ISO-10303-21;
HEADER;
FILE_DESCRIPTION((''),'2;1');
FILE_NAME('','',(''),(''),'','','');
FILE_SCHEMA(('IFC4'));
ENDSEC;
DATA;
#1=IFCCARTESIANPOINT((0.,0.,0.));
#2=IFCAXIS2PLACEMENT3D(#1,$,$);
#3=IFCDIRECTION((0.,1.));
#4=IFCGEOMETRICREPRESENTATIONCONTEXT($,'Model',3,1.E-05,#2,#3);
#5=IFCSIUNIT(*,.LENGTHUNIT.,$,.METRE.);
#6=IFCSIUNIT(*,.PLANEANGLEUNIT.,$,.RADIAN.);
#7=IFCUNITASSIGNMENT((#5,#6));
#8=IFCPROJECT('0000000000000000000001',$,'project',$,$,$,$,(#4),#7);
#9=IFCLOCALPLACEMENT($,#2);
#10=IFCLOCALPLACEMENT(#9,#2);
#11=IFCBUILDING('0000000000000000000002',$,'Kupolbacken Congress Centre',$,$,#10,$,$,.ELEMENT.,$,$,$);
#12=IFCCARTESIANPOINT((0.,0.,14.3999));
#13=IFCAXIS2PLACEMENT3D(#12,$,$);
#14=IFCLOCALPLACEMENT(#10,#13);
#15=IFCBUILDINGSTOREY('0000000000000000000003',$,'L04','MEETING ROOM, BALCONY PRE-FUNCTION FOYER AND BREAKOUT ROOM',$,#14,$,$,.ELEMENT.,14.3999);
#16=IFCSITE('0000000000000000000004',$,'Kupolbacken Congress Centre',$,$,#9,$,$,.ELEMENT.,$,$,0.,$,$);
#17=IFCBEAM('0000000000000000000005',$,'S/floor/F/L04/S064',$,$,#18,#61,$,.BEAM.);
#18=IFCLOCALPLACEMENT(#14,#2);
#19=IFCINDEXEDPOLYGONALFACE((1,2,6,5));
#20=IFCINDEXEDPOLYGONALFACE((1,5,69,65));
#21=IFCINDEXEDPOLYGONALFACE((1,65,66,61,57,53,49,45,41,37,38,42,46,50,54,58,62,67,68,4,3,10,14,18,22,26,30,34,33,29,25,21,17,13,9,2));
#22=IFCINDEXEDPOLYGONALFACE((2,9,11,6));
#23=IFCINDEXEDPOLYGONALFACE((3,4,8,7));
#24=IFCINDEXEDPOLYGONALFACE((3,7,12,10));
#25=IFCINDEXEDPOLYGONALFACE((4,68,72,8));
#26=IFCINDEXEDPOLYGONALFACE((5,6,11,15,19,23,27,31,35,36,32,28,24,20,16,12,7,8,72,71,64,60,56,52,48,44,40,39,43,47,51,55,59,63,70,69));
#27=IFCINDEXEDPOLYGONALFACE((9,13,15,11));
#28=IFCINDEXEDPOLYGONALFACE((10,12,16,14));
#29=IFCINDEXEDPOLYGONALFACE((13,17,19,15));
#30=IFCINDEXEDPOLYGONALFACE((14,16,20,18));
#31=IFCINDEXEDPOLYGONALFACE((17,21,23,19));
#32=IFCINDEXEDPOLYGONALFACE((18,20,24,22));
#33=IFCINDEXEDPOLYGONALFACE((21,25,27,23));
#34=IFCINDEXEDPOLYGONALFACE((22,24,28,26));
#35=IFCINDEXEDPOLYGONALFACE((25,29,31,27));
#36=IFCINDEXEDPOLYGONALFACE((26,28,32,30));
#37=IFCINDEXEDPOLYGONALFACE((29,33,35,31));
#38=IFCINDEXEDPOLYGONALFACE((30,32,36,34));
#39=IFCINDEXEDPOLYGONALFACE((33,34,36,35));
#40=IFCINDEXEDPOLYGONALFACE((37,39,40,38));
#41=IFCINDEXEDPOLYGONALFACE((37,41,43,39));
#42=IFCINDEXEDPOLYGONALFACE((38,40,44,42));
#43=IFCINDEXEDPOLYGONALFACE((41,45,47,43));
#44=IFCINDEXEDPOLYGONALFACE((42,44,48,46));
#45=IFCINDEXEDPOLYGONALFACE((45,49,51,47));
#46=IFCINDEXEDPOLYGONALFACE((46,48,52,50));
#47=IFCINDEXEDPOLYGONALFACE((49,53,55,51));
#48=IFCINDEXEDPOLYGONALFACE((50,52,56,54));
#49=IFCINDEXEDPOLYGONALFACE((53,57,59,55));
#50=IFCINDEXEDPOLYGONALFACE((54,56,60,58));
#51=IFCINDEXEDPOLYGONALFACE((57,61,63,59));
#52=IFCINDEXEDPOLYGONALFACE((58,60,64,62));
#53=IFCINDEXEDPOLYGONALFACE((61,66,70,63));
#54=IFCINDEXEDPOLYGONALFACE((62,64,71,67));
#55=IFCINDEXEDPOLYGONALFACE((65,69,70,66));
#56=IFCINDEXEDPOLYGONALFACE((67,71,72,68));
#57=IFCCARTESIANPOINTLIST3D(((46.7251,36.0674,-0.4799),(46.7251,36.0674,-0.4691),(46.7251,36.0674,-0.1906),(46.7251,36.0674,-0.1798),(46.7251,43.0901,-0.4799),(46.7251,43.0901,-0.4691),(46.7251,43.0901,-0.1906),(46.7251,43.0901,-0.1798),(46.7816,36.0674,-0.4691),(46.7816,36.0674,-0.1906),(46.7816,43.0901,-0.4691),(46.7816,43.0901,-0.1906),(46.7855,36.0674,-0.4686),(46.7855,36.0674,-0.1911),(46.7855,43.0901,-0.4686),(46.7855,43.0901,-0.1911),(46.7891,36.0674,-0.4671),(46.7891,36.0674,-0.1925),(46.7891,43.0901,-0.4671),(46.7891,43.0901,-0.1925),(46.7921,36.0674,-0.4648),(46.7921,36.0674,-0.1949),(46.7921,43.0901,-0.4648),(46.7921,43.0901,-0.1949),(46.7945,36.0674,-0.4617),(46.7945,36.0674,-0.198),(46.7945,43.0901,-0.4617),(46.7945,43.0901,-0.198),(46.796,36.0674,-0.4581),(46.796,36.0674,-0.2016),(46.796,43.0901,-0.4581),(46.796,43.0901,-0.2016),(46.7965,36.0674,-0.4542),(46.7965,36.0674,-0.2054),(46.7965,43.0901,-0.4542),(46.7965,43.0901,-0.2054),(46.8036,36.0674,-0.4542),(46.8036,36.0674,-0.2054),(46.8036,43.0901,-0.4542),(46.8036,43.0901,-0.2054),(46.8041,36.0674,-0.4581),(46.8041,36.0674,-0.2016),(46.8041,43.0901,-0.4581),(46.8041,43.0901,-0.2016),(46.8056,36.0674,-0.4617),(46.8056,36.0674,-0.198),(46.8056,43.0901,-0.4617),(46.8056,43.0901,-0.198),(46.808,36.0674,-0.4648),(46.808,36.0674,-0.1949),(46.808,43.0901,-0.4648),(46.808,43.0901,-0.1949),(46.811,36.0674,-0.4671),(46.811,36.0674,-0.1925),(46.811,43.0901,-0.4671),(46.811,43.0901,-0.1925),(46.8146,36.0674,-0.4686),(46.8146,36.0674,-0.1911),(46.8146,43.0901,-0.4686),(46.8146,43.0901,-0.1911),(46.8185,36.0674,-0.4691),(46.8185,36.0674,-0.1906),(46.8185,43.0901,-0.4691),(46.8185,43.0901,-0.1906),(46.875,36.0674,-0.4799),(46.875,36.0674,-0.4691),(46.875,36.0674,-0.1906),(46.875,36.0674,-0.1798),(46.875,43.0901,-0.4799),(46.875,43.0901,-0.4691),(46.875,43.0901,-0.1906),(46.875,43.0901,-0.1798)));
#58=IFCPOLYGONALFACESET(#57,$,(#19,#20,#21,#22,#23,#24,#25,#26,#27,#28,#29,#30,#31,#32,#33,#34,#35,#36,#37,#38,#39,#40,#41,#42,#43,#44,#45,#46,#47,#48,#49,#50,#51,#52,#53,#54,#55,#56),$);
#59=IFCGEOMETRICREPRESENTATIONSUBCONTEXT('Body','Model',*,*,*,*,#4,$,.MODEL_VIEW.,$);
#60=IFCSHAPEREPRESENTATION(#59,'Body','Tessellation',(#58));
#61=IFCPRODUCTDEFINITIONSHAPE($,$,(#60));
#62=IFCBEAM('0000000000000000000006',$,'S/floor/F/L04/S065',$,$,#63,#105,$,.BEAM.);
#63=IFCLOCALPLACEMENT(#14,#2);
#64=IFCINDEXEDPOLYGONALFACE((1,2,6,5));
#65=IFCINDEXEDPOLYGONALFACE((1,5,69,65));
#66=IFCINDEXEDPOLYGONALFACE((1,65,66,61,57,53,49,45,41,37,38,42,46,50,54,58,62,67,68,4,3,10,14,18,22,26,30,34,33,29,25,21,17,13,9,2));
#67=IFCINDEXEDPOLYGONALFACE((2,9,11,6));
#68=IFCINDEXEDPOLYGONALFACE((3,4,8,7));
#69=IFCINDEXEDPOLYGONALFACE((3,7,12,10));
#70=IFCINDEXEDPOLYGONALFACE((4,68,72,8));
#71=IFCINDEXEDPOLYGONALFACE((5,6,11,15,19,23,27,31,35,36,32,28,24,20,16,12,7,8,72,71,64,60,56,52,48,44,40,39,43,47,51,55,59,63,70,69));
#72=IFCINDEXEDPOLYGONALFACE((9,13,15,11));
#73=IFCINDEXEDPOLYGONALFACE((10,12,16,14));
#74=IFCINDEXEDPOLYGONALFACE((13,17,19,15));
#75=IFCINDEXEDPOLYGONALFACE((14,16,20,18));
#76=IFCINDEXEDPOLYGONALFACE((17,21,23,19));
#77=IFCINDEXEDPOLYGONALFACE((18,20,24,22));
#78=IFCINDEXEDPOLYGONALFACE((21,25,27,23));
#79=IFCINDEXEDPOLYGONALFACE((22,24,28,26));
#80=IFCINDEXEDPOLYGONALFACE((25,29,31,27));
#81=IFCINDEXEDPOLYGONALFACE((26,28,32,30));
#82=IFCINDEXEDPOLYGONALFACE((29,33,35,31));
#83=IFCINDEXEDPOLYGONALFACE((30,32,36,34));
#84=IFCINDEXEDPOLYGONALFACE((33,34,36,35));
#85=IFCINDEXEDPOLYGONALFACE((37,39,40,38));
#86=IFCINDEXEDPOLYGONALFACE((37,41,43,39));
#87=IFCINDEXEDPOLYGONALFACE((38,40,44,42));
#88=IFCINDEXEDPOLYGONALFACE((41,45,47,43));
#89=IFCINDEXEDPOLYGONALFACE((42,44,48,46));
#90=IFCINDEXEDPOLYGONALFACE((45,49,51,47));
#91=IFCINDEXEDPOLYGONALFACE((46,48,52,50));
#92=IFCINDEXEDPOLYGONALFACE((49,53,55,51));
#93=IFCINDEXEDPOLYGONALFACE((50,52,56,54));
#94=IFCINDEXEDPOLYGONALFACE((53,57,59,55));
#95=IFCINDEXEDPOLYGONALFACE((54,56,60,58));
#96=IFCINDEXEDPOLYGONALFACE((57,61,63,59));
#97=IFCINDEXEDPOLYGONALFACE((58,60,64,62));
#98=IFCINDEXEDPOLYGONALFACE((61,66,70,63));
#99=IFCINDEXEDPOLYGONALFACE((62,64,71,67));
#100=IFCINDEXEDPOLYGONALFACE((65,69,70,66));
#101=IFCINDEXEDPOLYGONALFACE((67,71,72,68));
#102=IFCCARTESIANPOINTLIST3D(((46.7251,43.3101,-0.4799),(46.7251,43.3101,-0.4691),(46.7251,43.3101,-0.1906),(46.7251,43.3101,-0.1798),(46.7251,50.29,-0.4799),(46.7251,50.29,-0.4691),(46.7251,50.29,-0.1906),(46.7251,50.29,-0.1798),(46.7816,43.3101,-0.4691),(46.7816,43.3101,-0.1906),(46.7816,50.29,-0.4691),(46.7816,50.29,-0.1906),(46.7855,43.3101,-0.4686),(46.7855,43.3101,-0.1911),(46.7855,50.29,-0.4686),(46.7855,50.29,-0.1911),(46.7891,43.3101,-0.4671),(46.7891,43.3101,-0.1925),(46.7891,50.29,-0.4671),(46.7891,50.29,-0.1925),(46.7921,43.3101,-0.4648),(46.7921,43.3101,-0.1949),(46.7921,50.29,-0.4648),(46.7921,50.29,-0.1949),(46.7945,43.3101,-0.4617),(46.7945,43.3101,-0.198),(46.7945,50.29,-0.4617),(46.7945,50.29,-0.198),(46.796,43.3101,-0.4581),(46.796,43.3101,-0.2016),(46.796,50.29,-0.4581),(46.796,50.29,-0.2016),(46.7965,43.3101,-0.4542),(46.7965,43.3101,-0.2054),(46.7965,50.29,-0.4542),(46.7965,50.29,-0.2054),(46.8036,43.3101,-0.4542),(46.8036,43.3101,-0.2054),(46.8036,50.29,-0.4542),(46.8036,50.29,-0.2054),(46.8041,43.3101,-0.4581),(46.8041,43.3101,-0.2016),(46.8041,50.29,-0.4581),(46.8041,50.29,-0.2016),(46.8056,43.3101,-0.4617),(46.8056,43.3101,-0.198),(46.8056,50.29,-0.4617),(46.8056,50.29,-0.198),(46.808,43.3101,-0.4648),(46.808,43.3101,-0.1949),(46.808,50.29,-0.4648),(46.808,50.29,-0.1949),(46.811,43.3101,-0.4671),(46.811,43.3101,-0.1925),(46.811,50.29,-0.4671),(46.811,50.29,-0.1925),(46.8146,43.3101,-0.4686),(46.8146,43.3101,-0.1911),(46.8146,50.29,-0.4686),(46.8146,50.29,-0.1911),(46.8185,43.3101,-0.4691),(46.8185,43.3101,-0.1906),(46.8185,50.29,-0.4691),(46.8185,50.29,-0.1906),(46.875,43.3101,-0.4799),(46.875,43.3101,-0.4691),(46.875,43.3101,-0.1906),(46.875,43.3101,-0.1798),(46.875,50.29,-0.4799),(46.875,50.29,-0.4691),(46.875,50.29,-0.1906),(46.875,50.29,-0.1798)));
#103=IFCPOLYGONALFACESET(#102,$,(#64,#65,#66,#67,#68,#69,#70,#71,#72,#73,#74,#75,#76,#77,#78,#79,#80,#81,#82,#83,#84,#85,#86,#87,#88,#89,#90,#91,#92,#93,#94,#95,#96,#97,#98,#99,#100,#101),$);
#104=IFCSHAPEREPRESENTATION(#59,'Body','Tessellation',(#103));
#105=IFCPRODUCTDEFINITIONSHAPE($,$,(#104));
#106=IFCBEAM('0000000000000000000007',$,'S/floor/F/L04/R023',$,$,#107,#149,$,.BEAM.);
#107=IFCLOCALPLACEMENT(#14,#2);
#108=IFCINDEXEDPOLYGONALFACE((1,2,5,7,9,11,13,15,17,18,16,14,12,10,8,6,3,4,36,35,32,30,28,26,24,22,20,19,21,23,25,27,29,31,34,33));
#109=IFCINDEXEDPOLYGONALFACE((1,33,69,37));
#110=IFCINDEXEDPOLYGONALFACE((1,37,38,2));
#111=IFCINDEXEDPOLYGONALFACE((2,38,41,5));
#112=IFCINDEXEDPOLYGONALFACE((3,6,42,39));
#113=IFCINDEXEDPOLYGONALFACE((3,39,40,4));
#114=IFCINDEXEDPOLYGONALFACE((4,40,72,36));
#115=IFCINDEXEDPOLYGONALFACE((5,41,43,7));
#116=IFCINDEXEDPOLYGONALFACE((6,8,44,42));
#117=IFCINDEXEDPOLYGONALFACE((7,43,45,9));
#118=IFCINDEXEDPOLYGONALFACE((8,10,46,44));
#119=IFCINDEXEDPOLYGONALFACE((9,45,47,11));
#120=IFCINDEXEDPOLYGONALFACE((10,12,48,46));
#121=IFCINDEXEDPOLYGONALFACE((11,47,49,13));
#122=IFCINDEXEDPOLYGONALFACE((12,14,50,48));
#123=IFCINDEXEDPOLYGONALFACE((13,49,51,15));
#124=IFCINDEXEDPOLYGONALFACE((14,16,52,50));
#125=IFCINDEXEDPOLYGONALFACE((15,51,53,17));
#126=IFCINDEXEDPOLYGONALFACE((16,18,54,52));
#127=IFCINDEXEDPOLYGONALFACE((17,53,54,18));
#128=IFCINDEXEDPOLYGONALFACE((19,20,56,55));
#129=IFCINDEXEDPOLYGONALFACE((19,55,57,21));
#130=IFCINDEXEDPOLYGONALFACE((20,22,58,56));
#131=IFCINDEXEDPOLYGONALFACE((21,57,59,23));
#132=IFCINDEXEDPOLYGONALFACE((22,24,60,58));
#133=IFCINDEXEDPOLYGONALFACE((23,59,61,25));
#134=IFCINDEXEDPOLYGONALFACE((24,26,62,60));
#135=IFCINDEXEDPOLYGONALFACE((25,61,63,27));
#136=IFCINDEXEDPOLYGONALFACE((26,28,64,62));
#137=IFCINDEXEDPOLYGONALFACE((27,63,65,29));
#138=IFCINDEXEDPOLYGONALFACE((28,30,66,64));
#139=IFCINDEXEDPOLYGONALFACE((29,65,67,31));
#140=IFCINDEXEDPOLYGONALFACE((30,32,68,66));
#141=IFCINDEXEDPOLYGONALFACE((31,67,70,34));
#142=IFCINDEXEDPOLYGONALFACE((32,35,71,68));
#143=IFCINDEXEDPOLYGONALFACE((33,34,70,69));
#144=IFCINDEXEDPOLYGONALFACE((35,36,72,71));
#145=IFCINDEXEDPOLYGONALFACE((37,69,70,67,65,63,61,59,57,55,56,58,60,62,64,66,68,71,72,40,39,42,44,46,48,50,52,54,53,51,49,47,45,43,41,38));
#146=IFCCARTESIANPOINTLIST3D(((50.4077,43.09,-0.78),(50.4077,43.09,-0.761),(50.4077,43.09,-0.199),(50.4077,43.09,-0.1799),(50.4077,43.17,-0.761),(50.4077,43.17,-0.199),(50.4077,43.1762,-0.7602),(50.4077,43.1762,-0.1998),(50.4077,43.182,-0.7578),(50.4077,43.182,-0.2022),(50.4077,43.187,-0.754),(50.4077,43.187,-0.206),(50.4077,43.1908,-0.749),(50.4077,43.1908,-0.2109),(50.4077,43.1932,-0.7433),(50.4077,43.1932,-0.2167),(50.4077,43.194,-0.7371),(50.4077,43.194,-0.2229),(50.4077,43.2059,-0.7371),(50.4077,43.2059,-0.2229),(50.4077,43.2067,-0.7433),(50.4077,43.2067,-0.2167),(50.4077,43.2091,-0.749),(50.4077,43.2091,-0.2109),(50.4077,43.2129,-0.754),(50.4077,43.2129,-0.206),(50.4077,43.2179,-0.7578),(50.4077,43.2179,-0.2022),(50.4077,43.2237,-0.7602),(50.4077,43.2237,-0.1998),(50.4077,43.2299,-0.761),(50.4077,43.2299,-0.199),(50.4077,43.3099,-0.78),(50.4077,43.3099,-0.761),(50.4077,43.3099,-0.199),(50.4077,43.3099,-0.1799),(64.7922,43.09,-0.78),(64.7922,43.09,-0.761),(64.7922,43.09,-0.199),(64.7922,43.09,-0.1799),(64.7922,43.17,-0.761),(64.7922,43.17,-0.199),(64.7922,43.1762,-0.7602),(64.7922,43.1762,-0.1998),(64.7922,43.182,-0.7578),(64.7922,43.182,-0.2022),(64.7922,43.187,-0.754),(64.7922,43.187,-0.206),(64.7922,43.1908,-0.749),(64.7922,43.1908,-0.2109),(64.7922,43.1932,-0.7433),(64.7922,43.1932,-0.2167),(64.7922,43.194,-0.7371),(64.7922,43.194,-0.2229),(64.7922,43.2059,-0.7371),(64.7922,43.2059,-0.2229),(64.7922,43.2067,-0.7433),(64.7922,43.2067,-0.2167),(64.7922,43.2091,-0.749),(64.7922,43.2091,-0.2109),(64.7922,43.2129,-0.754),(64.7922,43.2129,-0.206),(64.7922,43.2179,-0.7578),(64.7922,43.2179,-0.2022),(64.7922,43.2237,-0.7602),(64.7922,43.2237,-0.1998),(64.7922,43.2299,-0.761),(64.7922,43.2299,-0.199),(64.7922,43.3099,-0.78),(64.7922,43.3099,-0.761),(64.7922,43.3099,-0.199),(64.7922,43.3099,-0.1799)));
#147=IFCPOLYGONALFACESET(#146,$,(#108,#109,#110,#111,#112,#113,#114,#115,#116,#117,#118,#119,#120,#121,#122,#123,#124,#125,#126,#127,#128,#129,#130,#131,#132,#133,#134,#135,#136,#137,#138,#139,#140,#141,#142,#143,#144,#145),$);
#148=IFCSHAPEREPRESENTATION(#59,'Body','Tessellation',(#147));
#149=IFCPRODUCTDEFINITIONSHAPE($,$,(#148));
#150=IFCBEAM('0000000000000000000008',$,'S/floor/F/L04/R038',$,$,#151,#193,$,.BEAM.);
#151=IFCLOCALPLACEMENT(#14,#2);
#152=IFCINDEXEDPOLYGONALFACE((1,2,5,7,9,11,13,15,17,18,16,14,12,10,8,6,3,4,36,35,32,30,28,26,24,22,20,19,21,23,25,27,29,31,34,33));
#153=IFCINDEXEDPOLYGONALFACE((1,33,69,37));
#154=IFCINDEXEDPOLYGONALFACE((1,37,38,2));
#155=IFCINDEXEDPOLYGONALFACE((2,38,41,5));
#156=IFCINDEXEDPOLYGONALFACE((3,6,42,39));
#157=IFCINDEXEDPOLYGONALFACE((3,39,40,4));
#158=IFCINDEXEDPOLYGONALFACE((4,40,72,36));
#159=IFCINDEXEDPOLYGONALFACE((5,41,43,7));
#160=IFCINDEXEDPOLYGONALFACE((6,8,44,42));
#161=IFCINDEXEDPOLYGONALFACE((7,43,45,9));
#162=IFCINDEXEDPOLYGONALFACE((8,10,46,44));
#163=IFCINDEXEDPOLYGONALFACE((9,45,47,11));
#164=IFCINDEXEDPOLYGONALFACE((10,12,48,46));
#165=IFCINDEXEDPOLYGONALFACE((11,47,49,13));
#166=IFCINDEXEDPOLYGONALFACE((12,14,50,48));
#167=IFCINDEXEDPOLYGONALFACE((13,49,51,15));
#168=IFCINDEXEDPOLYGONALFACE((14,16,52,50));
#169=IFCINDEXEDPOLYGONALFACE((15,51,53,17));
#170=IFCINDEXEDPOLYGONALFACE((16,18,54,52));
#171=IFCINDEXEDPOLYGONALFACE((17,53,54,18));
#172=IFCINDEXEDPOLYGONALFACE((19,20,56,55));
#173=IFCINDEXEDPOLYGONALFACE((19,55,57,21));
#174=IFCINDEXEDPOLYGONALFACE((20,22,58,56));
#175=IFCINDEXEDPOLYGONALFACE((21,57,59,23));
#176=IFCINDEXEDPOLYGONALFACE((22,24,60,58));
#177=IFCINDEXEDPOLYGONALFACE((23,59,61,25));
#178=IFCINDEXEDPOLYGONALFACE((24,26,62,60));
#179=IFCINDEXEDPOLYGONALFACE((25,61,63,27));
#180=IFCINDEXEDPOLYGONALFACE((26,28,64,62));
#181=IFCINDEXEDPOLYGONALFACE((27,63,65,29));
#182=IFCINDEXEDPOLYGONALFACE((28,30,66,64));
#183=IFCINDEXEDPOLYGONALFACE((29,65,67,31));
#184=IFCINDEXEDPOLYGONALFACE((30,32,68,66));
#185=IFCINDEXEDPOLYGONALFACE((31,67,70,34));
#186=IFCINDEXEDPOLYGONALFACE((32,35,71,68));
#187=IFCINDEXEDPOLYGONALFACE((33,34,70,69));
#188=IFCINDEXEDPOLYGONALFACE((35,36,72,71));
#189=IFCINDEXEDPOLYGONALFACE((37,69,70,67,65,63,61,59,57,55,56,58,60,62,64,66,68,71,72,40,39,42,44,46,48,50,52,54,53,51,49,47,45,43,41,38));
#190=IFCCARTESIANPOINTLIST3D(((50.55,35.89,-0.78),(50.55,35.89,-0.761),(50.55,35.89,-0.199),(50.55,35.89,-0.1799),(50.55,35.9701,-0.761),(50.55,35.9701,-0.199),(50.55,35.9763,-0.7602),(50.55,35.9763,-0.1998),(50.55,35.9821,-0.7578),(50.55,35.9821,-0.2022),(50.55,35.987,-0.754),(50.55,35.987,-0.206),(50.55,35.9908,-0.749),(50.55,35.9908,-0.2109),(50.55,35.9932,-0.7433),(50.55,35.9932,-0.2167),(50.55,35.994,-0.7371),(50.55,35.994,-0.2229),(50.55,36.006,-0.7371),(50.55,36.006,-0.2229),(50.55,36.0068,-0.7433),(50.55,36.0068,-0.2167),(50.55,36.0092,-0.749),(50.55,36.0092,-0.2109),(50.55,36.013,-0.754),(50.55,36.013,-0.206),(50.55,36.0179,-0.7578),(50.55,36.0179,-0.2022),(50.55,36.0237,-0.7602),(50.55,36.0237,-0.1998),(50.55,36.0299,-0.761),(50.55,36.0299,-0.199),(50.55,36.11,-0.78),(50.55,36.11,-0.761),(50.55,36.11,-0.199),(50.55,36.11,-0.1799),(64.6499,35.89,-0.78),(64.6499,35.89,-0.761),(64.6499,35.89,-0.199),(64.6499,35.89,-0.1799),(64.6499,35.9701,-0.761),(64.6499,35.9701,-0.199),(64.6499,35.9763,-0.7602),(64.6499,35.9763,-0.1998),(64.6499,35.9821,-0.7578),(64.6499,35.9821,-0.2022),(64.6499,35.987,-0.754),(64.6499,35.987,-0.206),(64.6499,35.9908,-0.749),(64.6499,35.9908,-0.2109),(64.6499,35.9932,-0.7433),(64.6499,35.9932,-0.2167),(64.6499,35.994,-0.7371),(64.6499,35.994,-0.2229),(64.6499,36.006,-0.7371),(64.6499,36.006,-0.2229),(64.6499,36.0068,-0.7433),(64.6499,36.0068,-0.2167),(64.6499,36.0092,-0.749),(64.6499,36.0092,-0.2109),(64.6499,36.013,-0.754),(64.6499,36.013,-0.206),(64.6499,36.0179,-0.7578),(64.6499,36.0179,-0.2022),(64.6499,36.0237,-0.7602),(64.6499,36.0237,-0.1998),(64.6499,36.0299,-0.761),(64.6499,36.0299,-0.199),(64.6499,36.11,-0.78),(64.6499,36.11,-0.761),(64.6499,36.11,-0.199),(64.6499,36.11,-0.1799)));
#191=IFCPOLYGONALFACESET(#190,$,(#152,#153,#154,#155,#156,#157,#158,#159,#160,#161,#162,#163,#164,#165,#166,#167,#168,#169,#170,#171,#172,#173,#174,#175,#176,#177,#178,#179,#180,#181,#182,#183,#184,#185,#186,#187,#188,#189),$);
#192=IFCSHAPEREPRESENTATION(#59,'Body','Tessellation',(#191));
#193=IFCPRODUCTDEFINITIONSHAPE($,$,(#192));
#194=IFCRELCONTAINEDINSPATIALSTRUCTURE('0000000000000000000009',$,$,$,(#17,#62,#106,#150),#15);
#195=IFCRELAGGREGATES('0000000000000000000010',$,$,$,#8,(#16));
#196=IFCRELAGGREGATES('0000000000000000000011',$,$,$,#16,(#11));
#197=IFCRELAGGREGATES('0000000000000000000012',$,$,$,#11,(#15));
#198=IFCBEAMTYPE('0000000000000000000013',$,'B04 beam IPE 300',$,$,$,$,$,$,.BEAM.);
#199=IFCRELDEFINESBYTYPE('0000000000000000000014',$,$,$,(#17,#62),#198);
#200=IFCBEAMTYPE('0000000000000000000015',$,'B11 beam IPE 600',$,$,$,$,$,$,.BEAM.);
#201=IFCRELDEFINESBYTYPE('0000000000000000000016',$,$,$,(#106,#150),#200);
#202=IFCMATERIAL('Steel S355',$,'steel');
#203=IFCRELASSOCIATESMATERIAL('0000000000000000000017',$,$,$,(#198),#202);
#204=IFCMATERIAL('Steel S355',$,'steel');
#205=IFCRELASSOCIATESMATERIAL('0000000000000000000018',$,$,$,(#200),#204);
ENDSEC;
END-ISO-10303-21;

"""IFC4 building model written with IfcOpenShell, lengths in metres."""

from ifc_helpers import new_model, si_unit, direction, frame, origin, origin_2d, place, context, subcontext, project, spatial, i_section, extrude, material, material_profile, profile_set, type_object, element, save


model = new_model("IFC4")

# Units and contexts
model_context = context("Model", 3, precision=1e-05, world=origin(), true_north=direction((0.0, 1.0)))
body_context = subcontext(model_context, "Body", "Model", "MODEL_VIEW")
ifc_project = project(units=[si_unit("LENGTHUNIT", "METRE"), si_unit("PLANEANGLEUNIT", "RADIAN")], contexts=[model_context])

# Site, building, storey
site_placement = place(None, origin())
site = spatial("IfcSite", under=ifc_project, at=site_placement, Name="Kupolbacken Congress Centre", CompositionType="ELEMENT", RefElevation=0.0)
building_placement = place(site_placement, origin())
building = spatial("IfcBuilding", under=site, at=building_placement, Name="Kupolbacken Congress Centre", CompositionType="ELEMENT")
storey_placement = place(building_placement, frame((0.0, 0.0, 14.3999)))
storey = spatial("IfcBuildingStorey", under=building, at=storey_placement, Name="L04", Description="MEETING ROOM, BALCONY PRE-FUNCTION FOYER AND BREAKOUT ROOM", CompositionType="ELEMENT", Elevation=14.3999)

# Beams
ifc_material_1 = material(Name="Steel S355", Category="steel")
ifc_material_profile_1 = material_profile(ifc_material_1, i_section(OverallWidth=0.1499, OverallDepth=0.3, WebThickness=0.0071, FlangeThickness=0.0107, FilletRadius=0.0149, at=origin_2d()), Name="IPE 300")
ifc_profile_set_1 = profile_set([ifc_material_profile_1], Name="Steel S355")
beam_type_1 = type_object("IfcBeamType", Name="B04 beam IPE 300", PredefinedType="BEAM", material=ifc_profile_set_1)
beam_1_placement = place(storey_placement, frame((46.8, 36.0674, -0.3298), z_axis=(0.0, 1.0, 0.0), x_axis=(-1.0, 0.0, 0.0)))
element("IfcBeam", 1, at=beam_1_placement, inside=storey, type_object=beam_type_1, Name="S/floor/F/L04/S064", PredefinedType="BEAM", context=body_context, shape_type="SweptSolid", body=[
    extrude(i_section(OverallWidth=0.1499, OverallDepth=0.3, WebThickness=0.0071, FlangeThickness=0.0107, FilletRadius=0.0149, at=origin_2d()), origin(), (0.0, 0.0, 1.0), 7.0227),
])
beam_2_placement = place(storey_placement, frame((46.8, 43.3101, -0.3298), z_axis=(0.0, 1.0, 0.0), x_axis=(-1.0, 0.0, 0.0)))
element("IfcBeam", 2, at=beam_2_placement, inside=storey, type_object=beam_type_1, Name="S/floor/F/L04/S065", PredefinedType="BEAM", context=body_context, shape_type="SweptSolid", body=[
    extrude(i_section(OverallWidth=0.1499, OverallDepth=0.3, WebThickness=0.0071, FlangeThickness=0.0107, FilletRadius=0.0149, at=origin_2d()), origin(), (0.0, 0.0, 1.0), 6.98),
])
ifc_material_2 = material(Name="Steel S355", Category="steel")
ifc_material_profile_2 = material_profile(ifc_material_2, i_section(OverallWidth=0.22, OverallDepth=0.6001, WebThickness=0.012, FlangeThickness=0.019, FilletRadius=0.0239, at=origin_2d()), Name="IPE 600")
ifc_profile_set_2 = profile_set([ifc_material_profile_2], Name="Steel S355")
beam_type_2 = type_object("IfcBeamType", Name="B11 beam IPE 600", PredefinedType="BEAM", material=ifc_profile_set_2)
beam_3_placement = place(storey_placement, frame((50.4077, 43.2, -0.48), z_axis=(1.0, 0.0, 0.0), x_axis=(0.0, 1.0, 0.0)))
element("IfcBeam", 3, at=beam_3_placement, inside=storey, type_object=beam_type_2, Name="S/floor/F/L04/R023", PredefinedType="BEAM", context=body_context, shape_type="SweptSolid", body=[
    extrude(i_section(OverallWidth=0.22, OverallDepth=0.6001, WebThickness=0.012, FlangeThickness=0.019, FilletRadius=0.0239, at=origin_2d()), origin(), (0.0, 0.0, 1.0), 14.3845),
])
beam_4_placement = place(storey_placement, frame((50.55, 36.0, -0.48), z_axis=(1.0, 0.0, 0.0), x_axis=(0.0, 1.0, 0.0)))
element("IfcBeam", 4, at=beam_4_placement, inside=storey, type_object=beam_type_2, Name="S/floor/F/L04/R038", PredefinedType="BEAM", context=body_context, shape_type="SweptSolid", body=[
    extrude(i_section(OverallWidth=0.22, OverallDepth=0.6001, WebThickness=0.012, FlangeThickness=0.019, FilletRadius=0.0239, at=origin_2d()), origin(), (0.0, 0.0, 1.0), 14.0999),
])

save(model, "model.ifc")
